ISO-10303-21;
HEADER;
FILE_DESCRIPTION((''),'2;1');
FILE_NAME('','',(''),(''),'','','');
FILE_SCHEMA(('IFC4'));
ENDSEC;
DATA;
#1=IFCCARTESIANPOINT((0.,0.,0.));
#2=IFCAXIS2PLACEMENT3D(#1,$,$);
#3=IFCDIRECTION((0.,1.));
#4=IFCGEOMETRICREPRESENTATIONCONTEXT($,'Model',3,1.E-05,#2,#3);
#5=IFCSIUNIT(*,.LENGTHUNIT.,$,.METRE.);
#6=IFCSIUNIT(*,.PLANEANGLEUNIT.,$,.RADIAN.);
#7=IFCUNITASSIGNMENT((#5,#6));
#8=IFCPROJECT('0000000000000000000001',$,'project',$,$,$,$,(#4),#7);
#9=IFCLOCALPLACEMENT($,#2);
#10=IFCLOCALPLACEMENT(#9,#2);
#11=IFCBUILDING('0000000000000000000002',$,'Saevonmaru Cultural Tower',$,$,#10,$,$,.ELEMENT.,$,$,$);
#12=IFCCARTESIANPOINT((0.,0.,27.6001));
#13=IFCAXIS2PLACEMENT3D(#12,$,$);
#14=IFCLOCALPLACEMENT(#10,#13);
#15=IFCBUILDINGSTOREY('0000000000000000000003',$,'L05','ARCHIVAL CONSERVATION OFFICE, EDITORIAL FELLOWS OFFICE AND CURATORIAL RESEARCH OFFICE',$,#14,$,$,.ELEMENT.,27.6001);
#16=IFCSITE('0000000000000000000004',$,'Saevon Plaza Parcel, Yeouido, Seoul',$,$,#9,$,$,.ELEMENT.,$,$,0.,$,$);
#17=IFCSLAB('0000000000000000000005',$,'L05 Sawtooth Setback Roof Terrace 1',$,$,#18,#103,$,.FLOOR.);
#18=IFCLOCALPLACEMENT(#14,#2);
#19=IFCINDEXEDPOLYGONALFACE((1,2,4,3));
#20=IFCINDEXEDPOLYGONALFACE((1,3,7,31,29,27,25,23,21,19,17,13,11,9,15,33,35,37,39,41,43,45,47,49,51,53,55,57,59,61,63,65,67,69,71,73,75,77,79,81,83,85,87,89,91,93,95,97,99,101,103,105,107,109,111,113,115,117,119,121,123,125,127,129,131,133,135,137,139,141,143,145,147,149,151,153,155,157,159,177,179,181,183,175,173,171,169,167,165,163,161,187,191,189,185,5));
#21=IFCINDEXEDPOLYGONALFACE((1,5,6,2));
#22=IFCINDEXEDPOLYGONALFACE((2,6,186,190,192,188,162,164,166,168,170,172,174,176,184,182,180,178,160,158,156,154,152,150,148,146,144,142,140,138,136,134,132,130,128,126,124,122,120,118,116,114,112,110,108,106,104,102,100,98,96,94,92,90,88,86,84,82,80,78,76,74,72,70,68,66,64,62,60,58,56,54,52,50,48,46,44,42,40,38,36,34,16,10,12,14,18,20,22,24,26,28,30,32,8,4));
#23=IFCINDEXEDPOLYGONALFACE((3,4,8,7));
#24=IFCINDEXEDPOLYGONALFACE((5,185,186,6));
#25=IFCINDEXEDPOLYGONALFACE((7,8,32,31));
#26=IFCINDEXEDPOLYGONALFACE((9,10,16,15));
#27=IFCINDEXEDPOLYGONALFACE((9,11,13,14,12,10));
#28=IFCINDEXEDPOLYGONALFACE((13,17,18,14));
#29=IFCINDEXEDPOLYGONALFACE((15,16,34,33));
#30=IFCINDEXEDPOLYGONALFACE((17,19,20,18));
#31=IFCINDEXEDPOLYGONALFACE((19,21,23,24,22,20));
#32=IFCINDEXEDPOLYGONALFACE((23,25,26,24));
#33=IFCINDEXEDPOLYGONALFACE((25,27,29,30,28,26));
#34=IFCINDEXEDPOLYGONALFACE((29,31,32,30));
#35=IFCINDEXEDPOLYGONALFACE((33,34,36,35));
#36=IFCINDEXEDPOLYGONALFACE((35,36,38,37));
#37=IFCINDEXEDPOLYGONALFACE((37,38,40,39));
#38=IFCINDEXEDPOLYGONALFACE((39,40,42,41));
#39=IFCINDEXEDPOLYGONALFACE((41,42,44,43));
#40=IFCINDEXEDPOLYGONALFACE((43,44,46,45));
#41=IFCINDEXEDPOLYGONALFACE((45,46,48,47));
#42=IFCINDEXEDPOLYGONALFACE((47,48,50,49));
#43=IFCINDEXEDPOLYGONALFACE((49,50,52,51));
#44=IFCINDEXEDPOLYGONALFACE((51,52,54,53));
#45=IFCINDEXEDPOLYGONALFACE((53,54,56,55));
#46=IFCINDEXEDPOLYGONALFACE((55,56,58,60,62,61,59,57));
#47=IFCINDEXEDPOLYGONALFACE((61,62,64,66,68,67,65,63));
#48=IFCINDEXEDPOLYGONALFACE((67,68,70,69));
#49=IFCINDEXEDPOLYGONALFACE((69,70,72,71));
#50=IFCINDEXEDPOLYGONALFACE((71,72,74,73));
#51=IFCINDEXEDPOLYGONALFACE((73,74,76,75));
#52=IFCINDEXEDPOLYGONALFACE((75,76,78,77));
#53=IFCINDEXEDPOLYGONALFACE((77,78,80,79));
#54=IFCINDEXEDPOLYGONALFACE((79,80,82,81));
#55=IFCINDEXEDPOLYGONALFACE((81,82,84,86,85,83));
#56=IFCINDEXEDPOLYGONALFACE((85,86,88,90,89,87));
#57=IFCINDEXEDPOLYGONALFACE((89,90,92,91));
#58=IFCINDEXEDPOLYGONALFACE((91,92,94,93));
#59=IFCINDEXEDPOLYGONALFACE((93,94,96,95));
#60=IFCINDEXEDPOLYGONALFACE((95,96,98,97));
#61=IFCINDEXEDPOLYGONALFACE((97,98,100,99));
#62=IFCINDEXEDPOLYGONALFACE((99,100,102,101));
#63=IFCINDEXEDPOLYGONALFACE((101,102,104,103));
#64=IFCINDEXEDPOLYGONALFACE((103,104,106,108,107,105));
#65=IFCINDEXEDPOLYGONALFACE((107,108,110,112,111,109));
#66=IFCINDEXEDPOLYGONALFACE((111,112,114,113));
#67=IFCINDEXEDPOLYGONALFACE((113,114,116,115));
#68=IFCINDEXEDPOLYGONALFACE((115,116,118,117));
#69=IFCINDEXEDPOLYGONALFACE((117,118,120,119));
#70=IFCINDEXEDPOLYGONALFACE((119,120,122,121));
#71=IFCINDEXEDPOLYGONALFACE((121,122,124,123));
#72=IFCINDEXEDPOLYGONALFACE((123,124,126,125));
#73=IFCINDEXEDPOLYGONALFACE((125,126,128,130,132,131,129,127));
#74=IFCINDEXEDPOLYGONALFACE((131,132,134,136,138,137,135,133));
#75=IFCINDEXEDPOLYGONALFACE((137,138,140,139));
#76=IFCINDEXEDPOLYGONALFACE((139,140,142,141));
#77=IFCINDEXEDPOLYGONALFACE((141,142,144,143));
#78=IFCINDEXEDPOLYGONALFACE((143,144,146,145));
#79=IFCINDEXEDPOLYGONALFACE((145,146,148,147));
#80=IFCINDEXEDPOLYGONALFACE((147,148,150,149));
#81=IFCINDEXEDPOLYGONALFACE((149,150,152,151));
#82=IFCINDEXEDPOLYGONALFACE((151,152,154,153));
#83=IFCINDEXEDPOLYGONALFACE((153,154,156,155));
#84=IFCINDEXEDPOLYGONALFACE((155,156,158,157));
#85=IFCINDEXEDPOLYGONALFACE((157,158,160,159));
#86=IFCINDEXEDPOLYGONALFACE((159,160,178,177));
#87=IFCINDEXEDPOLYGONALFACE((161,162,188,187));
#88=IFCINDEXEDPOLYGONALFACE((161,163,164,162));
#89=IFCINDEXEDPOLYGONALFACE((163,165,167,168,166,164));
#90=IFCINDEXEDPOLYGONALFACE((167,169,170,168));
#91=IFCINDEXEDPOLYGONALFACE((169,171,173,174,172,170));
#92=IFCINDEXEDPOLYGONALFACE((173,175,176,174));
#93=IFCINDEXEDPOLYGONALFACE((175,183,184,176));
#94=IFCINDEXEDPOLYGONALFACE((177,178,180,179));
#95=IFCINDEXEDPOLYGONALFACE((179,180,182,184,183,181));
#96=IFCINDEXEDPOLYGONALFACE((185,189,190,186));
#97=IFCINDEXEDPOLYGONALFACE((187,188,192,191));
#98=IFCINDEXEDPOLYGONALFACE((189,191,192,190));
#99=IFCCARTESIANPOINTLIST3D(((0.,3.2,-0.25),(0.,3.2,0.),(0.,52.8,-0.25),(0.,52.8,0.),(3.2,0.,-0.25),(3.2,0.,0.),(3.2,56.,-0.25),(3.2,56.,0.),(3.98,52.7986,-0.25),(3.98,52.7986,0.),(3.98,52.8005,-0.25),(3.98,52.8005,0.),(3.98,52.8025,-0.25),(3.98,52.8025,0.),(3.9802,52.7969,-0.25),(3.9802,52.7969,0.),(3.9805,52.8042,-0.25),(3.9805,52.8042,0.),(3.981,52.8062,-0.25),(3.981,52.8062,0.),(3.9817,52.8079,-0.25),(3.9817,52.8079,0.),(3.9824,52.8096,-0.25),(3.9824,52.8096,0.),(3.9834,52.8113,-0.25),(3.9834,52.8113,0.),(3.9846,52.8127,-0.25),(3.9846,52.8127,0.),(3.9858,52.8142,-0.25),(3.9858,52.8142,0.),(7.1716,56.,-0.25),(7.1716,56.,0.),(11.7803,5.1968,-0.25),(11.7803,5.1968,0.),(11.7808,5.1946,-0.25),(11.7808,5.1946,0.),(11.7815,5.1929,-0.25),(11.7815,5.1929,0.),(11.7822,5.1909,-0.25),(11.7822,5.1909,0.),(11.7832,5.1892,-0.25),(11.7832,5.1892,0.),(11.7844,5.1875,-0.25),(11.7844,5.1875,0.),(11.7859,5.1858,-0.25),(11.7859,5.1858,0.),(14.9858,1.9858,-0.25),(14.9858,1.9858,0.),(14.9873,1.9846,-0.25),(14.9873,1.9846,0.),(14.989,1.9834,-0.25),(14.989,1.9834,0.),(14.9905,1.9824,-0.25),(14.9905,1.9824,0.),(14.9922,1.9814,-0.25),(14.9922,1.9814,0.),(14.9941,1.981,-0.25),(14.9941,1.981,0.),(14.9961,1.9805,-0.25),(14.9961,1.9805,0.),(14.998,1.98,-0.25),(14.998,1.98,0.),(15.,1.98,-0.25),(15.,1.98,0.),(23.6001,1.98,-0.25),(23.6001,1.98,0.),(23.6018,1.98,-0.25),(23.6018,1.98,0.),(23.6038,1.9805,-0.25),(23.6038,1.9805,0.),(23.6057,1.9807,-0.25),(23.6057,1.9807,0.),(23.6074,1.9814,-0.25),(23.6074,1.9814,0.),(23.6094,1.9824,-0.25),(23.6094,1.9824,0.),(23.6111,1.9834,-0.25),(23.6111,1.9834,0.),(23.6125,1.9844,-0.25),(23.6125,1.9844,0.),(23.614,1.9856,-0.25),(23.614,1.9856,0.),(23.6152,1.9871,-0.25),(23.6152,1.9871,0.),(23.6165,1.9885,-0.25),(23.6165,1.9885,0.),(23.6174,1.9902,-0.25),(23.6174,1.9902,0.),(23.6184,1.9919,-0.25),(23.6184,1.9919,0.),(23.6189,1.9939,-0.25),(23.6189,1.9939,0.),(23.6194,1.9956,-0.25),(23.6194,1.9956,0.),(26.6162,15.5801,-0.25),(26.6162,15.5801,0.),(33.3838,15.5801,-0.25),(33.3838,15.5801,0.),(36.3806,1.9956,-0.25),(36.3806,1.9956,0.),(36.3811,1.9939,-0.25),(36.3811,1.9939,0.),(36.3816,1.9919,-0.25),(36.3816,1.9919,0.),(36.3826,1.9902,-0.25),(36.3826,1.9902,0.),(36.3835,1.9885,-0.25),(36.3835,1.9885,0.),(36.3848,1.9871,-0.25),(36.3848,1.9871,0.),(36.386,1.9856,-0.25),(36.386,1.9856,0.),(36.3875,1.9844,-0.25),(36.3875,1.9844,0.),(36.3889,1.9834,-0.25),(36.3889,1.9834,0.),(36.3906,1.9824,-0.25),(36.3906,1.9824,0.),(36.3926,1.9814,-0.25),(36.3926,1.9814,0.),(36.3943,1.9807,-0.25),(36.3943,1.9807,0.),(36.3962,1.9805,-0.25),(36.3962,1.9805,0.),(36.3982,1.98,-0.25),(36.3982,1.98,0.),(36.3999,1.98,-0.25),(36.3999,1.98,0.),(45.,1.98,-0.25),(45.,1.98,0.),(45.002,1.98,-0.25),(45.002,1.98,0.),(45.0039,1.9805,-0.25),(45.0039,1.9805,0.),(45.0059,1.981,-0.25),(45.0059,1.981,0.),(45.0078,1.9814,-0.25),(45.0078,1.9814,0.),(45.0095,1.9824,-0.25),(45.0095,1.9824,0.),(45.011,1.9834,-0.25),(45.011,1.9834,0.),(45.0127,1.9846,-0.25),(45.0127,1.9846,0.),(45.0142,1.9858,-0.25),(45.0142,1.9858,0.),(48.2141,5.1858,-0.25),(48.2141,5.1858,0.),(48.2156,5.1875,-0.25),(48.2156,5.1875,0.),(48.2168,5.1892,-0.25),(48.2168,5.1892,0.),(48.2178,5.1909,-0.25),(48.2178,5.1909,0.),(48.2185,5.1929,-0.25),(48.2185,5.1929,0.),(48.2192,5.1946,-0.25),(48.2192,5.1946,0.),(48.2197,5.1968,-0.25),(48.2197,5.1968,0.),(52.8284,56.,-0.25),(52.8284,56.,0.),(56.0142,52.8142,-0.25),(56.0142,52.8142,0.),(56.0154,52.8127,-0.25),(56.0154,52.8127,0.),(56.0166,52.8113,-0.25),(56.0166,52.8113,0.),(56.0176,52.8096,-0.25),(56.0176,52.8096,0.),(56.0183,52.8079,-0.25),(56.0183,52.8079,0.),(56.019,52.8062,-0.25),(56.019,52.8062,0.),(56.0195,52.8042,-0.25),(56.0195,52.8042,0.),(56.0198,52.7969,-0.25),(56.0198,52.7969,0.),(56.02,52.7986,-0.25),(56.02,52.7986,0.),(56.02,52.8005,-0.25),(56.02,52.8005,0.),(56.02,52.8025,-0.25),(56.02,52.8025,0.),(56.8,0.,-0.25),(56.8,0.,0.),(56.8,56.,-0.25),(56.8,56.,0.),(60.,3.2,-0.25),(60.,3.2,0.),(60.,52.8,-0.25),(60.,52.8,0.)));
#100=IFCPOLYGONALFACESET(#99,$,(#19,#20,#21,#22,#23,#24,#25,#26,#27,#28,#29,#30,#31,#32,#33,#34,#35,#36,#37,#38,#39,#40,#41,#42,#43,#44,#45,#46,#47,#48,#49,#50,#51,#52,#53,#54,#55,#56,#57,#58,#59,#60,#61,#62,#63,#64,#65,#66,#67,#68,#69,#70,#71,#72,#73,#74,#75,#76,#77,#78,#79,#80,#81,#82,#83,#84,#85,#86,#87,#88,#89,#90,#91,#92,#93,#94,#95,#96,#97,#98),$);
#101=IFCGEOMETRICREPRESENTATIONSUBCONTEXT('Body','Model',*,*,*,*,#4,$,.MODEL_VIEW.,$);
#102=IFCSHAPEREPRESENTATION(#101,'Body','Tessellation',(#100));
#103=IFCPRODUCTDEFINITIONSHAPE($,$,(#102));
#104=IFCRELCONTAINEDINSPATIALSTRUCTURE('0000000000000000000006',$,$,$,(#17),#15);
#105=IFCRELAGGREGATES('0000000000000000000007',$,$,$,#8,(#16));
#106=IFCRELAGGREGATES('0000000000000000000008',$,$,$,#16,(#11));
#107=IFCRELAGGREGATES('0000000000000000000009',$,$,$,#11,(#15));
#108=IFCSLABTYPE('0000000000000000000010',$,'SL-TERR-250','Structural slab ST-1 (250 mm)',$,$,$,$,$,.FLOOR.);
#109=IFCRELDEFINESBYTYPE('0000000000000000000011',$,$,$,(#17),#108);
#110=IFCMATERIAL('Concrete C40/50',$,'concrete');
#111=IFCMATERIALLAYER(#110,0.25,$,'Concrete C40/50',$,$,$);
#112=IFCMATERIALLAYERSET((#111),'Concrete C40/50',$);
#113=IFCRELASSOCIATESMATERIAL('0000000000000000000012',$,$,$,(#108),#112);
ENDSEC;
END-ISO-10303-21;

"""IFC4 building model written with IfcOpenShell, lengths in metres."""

from ifc_helpers import new_model, si_unit, direction, frame, origin, place, context, subcontext, project, spatial, polyline, outline, extrude, material, layer, layer_set, type_object, element, save


model = new_model("IFC4")

# Units and contexts
model_context = context("Model", 3, precision=1e-05, world=origin(), true_north=direction((0.0, 1.0)))
body_context = subcontext(model_context, "Body", "Model", "MODEL_VIEW")
ifc_project = project(units=[si_unit("LENGTHUNIT", "METRE"), si_unit("PLANEANGLEUNIT", "RADIAN")], contexts=[model_context])

# Site, building, storey
site_placement = place(None, origin())
site = spatial("IfcSite", under=ifc_project, at=site_placement, Name="Saevon Plaza Parcel, Yeouido, Seoul", CompositionType="ELEMENT", RefElevation=0.0)
building_placement = place(site_placement, origin())
building = spatial("IfcBuilding", under=site, at=building_placement, Name="Saevonmaru Cultural Tower", CompositionType="ELEMENT")
storey_placement = place(building_placement, frame((0.0, 0.0, 27.6001)))
storey = spatial("IfcBuildingStorey", under=building, at=storey_placement, Name="L05", Description="ARCHIVAL CONSERVATION OFFICE, EDITORIAL FELLOWS OFFICE AND CURATORIAL RESEARCH OFFICE", CompositionType="ELEMENT", Elevation=27.6001)

# Shared definitions
ifc_material_1 = material(Name="Concrete C40/50", Category="concrete")

# Slab
ifc_layer_1 = layer(ifc_material_1, 0.25, Name="Concrete C40/50")
ifc_layer_set_1 = layer_set([ifc_layer_1], Name="Concrete C40/50")
slab_type_1 = type_object("IfcSlabType", Name="SL-TERR-250", Description="Structural slab ST-1 (250 mm)", PredefinedType="FLOOR", material=ifc_layer_set_1)
slab_1_placement = place(storey_placement, frame((0.0, 0.0, -0.25)))
element("IfcSlab", 1, at=slab_1_placement, inside=storey, type_object=slab_type_1, Name="L05 Sawtooth Setback Roof Terrace 1", PredefinedType="FLOOR", context=body_context, shape_type="SweptSolid", body=[
    extrude(outline(polyline([(52.8284, 56.0), (56.0142, 52.8142), (56.0154, 52.8127), (56.0166, 52.8113), (56.0176, 52.8096), (56.0183, 52.8079), (56.019, 52.8062), (56.0195, 52.8042), (56.02, 52.8025), (56.02, 52.8005), (56.02, 52.7986), (56.0198, 52.7969), (48.2197, 5.1968), (48.2192, 5.1946), (48.2185, 5.1929), (48.2178, 5.1909), (48.2168, 5.1892), (48.2156, 5.1875), (48.2141, 5.1858), (45.0142, 1.9858), (45.0127, 1.9846), (45.011, 1.9834), (45.0095, 1.9824), (45.0078, 1.9814), (45.0059, 1.981), (45.0039, 1.9805), (45.002, 1.98), (45.0, 1.98), (36.3999, 1.98), (36.3982, 1.98), (36.3962, 1.9805), (36.3943, 1.9807), (36.3926, 1.9814), (36.3906, 1.9824), (36.3889, 1.9834), (36.3875, 1.9844), (36.386, 1.9856), (36.3848, 1.9871), (36.3835, 1.9885), (36.3826, 1.9902), (36.3816, 1.9919), (36.3811, 1.9939), (36.3806, 1.9956), (33.3838, 15.5801), (26.6162, 15.5801), (23.6194, 1.9956), (23.6189, 1.9939), (23.6184, 1.9919), (23.6174, 1.9902), (23.6165, 1.9885), (23.6152, 1.9871), (23.614, 1.9856), (23.6125, 1.9844), (23.6111, 1.9834), (23.6094, 1.9824), (23.6074, 1.9814), (23.6057, 1.9807), (23.6038, 1.9805), (23.6018, 1.98), (23.6001, 1.98), (15.0, 1.98), (14.998, 1.98), (14.9961, 1.9805), (14.9941, 1.981), (14.9922, 1.9814), (14.9905, 1.9824), (14.989, 1.9834), (14.9873, 1.9846), (14.9858, 1.9858), (11.7859, 5.1858), (11.7844, 5.1875), (11.7832, 5.1892), (11.7822, 5.1909), (11.7815, 5.1929), (11.7808, 5.1946), (11.7803, 5.1968), (3.9802, 52.7969), (3.98, 52.7986), (3.98, 52.8005), (3.98, 52.8025), (3.9805, 52.8042), (3.981, 52.8062), (3.9817, 52.8079), (3.9824, 52.8096), (3.9834, 52.8113), (3.9846, 52.8127), (3.9858, 52.8142), (7.1716, 56.0), (3.2, 56.0), (0.0, 52.8), (0.0, 3.2), (3.2, 0.0), (56.8, 0.0), (60.0, 3.2), (60.0, 52.8), (56.8, 56.0), (52.8284, 56.0)])), origin(), (0.0, 0.0, 1.0), 0.25),
])

save(model, "model.ifc")
